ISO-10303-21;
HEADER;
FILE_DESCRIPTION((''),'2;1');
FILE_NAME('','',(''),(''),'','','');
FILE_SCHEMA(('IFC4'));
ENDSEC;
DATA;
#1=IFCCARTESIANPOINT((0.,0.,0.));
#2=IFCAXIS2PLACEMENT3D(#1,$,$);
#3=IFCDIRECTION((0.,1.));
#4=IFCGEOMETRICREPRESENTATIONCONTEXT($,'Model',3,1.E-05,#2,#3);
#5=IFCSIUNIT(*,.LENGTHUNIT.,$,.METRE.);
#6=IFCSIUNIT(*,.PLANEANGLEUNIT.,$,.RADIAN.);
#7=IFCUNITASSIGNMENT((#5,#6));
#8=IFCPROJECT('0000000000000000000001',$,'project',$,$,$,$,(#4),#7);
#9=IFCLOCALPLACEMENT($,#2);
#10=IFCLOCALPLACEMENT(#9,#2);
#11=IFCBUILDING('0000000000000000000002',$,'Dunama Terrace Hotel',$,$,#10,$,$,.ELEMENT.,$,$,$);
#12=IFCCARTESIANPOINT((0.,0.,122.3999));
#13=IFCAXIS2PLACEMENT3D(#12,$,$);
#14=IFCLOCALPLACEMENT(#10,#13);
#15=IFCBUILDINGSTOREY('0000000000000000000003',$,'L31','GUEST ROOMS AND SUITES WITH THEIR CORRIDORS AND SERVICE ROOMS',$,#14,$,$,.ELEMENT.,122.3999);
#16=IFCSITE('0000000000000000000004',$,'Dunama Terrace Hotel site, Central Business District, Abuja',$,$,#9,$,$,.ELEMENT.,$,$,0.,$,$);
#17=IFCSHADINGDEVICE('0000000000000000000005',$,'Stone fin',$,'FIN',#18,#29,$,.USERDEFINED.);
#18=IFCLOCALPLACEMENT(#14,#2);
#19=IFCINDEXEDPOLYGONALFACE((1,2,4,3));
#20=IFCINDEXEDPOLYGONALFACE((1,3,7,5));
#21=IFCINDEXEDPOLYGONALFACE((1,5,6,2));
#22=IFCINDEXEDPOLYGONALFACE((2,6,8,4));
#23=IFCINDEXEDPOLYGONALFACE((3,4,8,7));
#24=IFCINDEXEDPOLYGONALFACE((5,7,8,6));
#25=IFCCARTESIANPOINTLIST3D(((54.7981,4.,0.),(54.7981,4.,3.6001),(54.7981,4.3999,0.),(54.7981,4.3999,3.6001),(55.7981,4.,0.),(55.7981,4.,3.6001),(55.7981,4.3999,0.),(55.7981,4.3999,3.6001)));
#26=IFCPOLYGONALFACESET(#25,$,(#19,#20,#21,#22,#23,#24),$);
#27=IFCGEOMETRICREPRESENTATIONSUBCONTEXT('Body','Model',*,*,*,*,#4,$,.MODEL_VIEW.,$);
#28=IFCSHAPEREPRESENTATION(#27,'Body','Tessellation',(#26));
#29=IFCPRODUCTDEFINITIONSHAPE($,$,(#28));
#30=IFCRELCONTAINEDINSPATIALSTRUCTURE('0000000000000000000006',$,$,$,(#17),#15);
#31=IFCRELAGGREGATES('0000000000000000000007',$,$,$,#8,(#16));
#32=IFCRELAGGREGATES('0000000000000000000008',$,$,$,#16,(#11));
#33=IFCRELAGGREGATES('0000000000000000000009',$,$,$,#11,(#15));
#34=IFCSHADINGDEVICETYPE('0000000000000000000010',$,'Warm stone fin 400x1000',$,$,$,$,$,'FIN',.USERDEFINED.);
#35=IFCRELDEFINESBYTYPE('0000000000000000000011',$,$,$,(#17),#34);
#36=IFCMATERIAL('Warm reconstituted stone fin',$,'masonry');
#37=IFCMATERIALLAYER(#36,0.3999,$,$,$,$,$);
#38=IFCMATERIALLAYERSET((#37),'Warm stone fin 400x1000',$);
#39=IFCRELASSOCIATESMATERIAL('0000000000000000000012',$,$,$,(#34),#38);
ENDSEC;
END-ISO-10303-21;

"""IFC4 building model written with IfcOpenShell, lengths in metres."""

from ifc_helpers import new_model, si_unit, direction, frame, origin, origin_2d, place, context, subcontext, project, spatial, rectangle, extrude, material, layer, layer_set, type_object, element, save


model = new_model("IFC4")

# Units and contexts
model_context = context("Model", 3, precision=1e-05, world=origin(), true_north=direction((0.0, 1.0)))
body_context = subcontext(model_context, "Body", "Model", "MODEL_VIEW")
ifc_project = project(units=[si_unit("LENGTHUNIT", "METRE"), si_unit("PLANEANGLEUNIT", "RADIAN")], contexts=[model_context])

# Site, building, storey
site_placement = place(None, origin())
site = spatial("IfcSite", under=ifc_project, at=site_placement, Name="Dunama Terrace Hotel site, Central Business District, Abuja", CompositionType="ELEMENT", RefElevation=0.0)
building_placement = place(site_placement, origin())
building = spatial("IfcBuilding", under=site, at=building_placement, Name="Dunama Terrace Hotel", CompositionType="ELEMENT")
storey_placement = place(building_placement, frame((0.0, 0.0, 122.3999)))
storey = spatial("IfcBuildingStorey", under=building, at=storey_placement, Name="L31", Description="GUEST ROOMS AND SUITES WITH THEIR CORRIDORS AND SERVICE ROOMS", CompositionType="ELEMENT", Elevation=122.3999)

# Shading device
ifc_material_1 = material(Name="Warm reconstituted stone fin", Category="masonry")
ifc_layer_1 = layer(ifc_material_1, 0.3999)
ifc_layer_set_1 = layer_set([ifc_layer_1], Name="Warm stone fin 400x1000")
shading_device_type = type_object("IfcShadingDeviceType", Name="Warm stone fin 400x1000", ElementType="FIN", PredefinedType="USERDEFINED", material=ifc_layer_set_1)
shading_device_placement = place(storey_placement, frame((55.2981, 4.2, 0.0), z_axis=(0.0, 0.0, 1.0), x_axis=(0.0, 1.0, 0.0)))
element("IfcShadingDevice", 1, at=shading_device_placement, inside=storey, type_object=shading_device_type, Name="Stone fin", ObjectType="FIN", PredefinedType="USERDEFINED", context=body_context, shape_type="SweptSolid", body=[
    extrude(rectangle(XDim=0.3999, YDim=1.0, at=origin_2d()), origin(), (0.0, 0.0, 1.0), 3.6001),
])

save(model, "model.ifc")
